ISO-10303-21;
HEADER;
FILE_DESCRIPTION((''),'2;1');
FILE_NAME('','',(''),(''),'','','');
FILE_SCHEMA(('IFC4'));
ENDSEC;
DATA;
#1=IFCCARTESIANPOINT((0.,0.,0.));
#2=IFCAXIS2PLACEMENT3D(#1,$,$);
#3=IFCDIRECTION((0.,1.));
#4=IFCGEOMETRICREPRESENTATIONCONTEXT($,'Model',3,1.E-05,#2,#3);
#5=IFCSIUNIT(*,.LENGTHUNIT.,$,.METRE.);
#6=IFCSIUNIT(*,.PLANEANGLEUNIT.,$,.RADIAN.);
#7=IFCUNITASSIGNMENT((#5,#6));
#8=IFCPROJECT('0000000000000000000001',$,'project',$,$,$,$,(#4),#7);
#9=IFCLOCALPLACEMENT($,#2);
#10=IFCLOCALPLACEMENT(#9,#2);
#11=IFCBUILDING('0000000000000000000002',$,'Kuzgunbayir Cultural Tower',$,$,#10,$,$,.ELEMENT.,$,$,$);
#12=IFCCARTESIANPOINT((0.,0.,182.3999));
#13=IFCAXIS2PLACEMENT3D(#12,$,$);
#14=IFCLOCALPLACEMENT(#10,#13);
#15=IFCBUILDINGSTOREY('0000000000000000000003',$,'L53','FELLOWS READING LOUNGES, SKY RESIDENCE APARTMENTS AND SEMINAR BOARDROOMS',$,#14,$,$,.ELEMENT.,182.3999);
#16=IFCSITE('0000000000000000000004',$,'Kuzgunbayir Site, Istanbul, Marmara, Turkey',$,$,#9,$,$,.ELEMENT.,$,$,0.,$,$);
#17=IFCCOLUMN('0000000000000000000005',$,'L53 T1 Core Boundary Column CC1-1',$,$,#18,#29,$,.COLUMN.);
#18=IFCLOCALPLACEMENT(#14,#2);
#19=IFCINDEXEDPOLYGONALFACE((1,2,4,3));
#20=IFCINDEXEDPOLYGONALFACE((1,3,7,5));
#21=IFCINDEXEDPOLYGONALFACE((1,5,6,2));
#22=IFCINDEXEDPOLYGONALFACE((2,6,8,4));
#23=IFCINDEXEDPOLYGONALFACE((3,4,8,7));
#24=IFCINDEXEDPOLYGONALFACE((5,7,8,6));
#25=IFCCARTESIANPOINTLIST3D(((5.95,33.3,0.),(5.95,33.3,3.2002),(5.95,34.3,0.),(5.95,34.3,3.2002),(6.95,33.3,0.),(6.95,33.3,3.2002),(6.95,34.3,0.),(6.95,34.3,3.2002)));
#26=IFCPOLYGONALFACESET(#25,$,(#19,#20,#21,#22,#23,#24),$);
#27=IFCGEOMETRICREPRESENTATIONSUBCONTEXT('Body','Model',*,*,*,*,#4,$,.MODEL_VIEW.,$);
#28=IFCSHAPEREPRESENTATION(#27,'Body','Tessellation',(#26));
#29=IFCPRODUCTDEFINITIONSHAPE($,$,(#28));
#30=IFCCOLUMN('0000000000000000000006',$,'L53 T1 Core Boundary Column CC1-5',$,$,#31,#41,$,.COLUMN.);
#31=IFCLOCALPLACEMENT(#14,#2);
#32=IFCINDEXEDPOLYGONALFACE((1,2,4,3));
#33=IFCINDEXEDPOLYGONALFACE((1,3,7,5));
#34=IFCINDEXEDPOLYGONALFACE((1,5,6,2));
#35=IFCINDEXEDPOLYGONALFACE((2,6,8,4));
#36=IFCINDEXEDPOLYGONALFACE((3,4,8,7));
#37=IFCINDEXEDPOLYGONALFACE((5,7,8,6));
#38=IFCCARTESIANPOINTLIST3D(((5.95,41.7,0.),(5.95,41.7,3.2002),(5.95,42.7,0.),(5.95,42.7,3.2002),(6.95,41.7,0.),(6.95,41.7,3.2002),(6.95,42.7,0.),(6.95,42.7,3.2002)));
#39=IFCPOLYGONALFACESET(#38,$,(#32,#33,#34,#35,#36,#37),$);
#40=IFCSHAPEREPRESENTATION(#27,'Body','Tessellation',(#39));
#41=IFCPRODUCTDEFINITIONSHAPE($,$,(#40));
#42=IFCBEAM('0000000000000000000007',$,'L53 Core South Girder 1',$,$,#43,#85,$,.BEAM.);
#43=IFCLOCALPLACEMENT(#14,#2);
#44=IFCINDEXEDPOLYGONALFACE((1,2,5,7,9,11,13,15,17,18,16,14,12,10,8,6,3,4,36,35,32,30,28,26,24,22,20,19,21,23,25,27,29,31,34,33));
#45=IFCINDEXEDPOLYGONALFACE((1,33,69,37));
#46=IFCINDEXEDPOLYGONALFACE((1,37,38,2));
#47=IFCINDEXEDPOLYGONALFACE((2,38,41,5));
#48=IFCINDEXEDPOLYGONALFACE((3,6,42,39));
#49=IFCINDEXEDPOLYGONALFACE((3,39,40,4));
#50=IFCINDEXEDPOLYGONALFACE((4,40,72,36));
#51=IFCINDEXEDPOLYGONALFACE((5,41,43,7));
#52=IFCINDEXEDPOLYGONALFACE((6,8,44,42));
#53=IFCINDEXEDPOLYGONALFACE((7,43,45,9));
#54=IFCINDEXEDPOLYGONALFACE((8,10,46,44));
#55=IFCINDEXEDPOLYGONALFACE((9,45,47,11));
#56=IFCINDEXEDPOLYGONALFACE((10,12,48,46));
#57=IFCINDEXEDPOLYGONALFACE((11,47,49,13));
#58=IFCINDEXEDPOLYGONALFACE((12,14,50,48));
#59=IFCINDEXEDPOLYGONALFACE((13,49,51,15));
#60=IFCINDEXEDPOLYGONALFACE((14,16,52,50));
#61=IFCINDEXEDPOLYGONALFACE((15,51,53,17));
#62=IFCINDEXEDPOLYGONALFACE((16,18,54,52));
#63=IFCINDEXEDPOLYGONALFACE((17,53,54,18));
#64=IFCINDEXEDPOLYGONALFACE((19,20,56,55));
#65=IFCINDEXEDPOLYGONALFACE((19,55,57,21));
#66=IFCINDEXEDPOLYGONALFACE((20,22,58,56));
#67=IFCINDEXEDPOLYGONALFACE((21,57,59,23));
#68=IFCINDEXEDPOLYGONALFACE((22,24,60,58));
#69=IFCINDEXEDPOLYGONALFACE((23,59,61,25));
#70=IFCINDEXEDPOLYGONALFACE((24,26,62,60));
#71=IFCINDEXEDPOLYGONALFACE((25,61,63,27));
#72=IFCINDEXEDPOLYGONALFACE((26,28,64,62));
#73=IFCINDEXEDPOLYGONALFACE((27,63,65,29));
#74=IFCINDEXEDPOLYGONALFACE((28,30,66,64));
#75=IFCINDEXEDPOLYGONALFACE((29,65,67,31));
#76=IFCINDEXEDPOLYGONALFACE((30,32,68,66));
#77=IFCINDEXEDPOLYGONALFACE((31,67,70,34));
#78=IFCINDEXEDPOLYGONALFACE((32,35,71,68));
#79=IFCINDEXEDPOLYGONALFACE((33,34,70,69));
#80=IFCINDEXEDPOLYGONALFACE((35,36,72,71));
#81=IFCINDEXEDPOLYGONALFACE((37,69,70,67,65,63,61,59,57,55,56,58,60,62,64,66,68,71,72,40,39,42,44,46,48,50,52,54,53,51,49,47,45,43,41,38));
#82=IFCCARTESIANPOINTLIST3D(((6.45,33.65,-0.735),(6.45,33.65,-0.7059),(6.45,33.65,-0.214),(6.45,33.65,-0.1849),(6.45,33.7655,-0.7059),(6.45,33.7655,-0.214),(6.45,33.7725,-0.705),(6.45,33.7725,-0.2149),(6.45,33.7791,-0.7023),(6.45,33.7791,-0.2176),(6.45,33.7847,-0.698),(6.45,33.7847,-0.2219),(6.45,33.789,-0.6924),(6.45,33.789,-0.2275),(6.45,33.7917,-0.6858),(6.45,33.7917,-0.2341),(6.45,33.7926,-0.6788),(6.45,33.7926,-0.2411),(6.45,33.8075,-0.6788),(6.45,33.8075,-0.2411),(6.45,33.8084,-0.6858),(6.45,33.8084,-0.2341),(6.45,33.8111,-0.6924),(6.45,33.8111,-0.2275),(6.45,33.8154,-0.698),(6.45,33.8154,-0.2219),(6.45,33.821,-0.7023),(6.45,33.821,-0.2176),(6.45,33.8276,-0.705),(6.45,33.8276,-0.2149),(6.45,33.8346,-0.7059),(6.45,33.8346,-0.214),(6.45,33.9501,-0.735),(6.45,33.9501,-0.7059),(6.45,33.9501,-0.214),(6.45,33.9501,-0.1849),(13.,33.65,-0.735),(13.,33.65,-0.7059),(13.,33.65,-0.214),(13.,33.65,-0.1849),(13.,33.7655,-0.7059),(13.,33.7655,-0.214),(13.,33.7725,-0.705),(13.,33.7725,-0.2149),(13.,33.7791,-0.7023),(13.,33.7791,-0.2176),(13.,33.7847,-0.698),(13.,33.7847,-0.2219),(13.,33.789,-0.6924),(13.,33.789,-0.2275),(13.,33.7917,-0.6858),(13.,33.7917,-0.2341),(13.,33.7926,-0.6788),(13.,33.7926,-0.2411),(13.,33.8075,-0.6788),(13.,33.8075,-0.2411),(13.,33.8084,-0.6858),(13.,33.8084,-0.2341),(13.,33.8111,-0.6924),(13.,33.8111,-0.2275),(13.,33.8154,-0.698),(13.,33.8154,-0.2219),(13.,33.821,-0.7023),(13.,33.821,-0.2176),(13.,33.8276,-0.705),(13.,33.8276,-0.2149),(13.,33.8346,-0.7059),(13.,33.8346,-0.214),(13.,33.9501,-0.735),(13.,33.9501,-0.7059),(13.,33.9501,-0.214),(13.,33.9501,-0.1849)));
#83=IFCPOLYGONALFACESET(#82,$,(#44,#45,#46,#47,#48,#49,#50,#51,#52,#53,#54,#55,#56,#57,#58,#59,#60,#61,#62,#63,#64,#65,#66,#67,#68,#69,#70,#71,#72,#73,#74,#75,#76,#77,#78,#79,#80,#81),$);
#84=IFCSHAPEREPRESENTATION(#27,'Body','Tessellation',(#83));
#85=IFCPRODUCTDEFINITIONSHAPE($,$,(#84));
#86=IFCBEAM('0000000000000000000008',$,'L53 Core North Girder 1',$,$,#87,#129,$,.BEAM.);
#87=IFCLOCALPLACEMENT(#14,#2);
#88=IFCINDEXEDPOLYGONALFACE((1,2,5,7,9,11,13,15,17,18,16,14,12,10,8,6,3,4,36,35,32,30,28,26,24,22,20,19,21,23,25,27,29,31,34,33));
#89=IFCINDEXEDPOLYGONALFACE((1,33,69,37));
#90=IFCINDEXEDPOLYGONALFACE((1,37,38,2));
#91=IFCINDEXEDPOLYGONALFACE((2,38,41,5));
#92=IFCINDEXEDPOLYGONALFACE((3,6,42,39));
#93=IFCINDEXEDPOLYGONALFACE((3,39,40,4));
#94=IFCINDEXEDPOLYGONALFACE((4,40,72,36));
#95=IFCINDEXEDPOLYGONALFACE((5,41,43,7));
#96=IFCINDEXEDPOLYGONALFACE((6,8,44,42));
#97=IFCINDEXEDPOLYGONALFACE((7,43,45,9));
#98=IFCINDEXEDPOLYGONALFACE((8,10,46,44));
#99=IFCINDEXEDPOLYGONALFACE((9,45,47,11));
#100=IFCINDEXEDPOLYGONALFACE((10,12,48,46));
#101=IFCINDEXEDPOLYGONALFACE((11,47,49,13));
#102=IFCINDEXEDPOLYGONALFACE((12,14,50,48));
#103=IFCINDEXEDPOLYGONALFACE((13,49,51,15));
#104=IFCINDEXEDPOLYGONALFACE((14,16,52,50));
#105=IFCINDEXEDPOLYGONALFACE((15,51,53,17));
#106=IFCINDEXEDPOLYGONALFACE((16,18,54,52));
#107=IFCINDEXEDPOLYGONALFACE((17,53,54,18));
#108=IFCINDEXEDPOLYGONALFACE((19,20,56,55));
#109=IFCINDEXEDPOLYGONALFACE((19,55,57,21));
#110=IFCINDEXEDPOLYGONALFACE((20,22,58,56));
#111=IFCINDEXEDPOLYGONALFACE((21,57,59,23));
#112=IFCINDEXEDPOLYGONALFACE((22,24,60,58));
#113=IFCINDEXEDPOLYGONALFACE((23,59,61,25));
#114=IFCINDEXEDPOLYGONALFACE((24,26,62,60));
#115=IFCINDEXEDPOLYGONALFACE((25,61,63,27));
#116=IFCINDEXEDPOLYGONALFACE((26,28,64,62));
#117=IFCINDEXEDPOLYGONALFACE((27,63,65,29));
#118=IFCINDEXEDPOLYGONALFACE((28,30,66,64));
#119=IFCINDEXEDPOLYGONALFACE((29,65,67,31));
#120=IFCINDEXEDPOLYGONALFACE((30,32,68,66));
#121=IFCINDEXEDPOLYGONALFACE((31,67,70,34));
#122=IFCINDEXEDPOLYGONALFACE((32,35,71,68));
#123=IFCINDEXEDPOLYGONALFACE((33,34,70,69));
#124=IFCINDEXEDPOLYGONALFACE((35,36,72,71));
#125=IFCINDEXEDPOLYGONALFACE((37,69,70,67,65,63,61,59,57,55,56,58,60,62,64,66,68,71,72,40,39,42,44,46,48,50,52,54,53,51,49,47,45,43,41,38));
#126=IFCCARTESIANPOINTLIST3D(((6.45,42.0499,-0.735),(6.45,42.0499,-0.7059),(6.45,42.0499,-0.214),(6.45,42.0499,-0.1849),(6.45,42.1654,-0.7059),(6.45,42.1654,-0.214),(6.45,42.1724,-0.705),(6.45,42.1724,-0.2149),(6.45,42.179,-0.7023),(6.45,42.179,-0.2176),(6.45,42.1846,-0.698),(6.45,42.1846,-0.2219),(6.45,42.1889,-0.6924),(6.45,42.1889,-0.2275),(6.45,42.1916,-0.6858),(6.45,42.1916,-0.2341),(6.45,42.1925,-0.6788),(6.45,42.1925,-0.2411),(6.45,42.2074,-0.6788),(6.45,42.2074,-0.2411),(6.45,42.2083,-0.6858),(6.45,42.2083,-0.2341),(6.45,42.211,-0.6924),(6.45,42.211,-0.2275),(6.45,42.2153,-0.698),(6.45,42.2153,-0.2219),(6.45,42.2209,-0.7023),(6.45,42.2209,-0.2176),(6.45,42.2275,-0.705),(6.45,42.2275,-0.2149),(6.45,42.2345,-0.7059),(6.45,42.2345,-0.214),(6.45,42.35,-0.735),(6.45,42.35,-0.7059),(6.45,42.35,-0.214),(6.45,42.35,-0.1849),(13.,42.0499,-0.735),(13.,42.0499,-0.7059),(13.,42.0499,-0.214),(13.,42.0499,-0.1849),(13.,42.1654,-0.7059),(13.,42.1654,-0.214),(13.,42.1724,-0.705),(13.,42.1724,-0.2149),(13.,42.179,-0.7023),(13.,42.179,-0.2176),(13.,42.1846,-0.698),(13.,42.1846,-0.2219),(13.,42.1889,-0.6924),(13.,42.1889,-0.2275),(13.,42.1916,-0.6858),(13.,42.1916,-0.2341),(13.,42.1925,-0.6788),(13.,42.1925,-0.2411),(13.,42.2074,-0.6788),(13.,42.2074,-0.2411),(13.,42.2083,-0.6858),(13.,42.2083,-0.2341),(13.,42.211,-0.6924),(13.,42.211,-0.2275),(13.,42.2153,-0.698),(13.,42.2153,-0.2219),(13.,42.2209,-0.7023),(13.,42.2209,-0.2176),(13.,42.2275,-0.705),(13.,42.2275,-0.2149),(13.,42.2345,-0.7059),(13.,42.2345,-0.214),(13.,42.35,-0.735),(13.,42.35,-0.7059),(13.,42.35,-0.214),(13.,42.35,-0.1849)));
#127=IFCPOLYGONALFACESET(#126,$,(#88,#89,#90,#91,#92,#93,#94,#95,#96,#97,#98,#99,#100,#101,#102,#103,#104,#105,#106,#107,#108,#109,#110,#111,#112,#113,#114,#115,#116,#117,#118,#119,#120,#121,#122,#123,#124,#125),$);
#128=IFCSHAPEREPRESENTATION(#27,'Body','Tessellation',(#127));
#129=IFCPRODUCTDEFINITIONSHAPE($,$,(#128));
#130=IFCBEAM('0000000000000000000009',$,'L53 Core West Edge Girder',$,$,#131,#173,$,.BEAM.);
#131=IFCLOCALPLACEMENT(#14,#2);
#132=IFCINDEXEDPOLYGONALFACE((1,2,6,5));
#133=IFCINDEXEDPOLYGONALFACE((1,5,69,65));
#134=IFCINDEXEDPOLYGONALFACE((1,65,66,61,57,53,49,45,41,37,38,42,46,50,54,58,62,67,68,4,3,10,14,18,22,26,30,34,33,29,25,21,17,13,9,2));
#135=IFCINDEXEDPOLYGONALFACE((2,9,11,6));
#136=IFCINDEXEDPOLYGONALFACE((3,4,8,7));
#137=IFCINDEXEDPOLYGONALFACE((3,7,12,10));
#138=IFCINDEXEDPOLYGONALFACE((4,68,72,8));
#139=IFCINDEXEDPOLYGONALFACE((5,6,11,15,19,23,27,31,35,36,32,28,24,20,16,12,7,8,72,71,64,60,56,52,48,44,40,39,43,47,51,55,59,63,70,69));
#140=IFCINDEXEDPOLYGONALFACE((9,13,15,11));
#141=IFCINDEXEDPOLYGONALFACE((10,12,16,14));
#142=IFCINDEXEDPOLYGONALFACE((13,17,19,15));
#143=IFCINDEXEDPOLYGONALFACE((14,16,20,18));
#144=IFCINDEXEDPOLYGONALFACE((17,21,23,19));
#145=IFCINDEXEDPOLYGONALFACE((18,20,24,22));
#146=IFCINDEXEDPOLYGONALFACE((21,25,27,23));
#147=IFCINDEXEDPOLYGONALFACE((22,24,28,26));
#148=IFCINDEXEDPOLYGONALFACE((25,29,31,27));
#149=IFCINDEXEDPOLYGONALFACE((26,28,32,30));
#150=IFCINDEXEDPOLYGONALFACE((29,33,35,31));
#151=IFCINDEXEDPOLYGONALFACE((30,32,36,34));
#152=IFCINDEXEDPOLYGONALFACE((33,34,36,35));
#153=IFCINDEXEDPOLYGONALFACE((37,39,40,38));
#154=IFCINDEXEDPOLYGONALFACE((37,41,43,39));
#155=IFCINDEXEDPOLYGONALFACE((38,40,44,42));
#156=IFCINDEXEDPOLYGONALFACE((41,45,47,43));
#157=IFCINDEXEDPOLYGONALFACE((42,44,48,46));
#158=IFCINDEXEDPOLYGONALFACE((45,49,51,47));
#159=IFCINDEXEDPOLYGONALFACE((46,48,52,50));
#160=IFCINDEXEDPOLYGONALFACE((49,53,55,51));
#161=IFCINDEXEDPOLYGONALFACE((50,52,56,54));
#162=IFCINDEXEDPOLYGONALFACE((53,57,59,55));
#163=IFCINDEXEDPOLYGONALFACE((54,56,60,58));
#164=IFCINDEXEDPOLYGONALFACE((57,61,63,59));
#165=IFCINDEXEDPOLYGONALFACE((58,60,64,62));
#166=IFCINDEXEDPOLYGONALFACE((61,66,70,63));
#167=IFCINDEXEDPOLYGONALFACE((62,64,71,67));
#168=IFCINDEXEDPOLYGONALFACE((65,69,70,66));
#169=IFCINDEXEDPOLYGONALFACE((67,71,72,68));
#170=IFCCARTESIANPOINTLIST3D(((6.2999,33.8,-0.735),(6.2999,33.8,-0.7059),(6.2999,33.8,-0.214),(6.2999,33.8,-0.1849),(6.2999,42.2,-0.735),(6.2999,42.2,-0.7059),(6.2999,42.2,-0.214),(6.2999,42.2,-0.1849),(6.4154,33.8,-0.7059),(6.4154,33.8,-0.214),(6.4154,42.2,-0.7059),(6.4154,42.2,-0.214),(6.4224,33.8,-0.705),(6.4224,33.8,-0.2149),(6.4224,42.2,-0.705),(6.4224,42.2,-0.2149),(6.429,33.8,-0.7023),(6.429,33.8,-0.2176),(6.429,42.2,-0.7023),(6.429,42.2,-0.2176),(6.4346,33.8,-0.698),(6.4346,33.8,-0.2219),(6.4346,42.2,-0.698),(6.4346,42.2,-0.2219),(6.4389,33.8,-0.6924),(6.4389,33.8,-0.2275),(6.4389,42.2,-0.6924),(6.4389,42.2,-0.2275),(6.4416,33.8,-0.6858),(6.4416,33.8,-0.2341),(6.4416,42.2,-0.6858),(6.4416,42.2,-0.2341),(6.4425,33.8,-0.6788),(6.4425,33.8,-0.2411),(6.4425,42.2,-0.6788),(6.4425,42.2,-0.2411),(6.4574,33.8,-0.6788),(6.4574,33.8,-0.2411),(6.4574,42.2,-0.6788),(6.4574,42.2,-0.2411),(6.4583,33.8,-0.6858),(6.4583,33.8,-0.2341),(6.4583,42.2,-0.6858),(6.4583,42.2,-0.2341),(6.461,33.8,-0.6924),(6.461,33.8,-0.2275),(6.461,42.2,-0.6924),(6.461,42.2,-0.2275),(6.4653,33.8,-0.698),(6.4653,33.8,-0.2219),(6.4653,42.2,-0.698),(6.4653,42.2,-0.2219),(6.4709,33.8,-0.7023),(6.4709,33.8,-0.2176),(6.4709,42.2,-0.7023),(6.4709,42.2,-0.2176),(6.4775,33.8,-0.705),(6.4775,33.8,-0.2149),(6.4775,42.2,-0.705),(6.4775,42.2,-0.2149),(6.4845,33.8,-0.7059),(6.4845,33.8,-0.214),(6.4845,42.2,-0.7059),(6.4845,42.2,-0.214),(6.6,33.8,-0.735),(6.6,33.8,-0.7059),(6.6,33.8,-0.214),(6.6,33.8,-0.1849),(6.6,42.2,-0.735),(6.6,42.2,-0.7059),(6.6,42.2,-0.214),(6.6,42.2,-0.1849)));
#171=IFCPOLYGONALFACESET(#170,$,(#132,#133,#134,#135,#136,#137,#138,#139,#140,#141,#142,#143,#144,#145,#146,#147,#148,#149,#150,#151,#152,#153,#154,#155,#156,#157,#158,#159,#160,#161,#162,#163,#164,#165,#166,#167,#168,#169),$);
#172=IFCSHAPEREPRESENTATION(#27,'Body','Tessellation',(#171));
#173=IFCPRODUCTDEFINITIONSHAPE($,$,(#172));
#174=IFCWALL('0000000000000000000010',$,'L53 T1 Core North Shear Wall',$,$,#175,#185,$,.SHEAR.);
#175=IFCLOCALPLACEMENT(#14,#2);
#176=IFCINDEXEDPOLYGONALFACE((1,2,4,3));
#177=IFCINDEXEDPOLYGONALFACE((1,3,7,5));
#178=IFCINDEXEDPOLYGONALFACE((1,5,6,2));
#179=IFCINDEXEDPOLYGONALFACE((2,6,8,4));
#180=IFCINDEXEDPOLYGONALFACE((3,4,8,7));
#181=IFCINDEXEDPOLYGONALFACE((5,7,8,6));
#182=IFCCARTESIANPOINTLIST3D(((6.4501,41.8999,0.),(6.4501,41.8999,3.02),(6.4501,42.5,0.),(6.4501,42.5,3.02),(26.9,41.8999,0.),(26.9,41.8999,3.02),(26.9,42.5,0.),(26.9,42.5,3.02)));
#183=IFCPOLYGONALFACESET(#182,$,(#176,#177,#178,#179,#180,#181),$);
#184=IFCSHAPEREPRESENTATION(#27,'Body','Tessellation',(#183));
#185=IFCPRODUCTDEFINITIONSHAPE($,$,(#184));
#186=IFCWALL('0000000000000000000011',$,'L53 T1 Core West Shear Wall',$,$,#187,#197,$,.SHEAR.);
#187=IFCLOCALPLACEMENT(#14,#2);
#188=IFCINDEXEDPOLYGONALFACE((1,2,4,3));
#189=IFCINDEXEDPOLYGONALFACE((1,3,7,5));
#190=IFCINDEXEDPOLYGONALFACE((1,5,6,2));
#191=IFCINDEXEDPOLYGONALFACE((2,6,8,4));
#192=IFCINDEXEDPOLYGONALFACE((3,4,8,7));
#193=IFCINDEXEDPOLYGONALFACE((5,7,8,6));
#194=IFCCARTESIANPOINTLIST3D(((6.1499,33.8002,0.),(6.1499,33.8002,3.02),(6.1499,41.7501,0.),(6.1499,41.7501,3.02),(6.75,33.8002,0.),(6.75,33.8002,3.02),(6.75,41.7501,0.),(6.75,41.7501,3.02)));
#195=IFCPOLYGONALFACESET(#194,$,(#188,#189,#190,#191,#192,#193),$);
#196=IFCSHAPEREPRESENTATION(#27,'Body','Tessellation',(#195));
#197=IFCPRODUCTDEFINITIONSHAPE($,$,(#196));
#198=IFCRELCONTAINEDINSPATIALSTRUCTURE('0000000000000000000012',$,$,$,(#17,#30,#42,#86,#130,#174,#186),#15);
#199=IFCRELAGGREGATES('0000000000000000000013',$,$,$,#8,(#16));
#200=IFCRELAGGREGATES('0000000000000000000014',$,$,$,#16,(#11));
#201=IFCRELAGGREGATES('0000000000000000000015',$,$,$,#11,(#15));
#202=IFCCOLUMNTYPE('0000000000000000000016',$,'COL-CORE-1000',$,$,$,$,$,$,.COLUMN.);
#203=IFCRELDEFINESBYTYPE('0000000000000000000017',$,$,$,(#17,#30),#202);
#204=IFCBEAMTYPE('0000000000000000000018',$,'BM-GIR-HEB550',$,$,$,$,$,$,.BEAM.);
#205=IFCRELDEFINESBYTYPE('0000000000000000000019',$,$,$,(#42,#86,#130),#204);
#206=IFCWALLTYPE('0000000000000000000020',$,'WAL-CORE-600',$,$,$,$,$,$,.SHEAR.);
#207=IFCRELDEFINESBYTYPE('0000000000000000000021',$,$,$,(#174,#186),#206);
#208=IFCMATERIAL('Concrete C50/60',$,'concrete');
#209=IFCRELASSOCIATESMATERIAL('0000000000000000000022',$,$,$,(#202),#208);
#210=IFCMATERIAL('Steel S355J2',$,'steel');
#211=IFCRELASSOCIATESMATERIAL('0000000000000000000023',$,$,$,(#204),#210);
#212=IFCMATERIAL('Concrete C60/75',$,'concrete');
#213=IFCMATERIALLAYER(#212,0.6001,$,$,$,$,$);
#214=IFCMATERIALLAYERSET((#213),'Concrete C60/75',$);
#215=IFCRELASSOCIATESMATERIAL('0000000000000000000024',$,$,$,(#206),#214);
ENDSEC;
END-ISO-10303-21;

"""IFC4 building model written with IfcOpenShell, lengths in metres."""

from ifc_helpers import new_model, si_unit, direction, frame, frame_2d, origin, origin_2d, place, context, subcontext, project, spatial, rectangle, i_section, extrude, material, layer, layer_set, material_profile, profile_set, type_object, element, save


model = new_model("IFC4")

# Units and contexts
model_context = context("Model", 3, precision=1e-05, world=origin(), true_north=direction((0.0, 1.0)))
body_context = subcontext(model_context, "Body", "Model", "MODEL_VIEW")
ifc_project = project(units=[si_unit("LENGTHUNIT", "METRE"), si_unit("PLANEANGLEUNIT", "RADIAN")], contexts=[model_context])

# Site, building, storey
site_placement = place(None, origin())
site = spatial("IfcSite", under=ifc_project, at=site_placement, Name="Kuzgunbayir Site, Istanbul, Marmara, Turkey", CompositionType="ELEMENT", RefElevation=0.0)
building_placement = place(site_placement, origin())
building = spatial("IfcBuilding", under=site, at=building_placement, Name="Kuzgunbayir Cultural Tower", CompositionType="ELEMENT")
storey_placement = place(building_placement, frame((0.0, 0.0, 182.3999)))
storey = spatial("IfcBuildingStorey", under=building, at=storey_placement, Name="L53", Description="FELLOWS READING LOUNGES, SKY RESIDENCE APARTMENTS AND SEMINAR BOARDROOMS", CompositionType="ELEMENT", Elevation=182.3999)

# Columns
ifc_material_1 = material(Name="Concrete C50/60", Category="concrete")
ifc_material_profile_1 = material_profile(ifc_material_1, rectangle(XDim=1.0, YDim=1.0, at=origin_2d()), Name="RC 1000x1000")
ifc_profile_set_1 = profile_set([ifc_material_profile_1], Name="Concrete C50/60")
column_type = type_object("IfcColumnType", Name="COL-CORE-1000", PredefinedType="COLUMN", material=ifc_profile_set_1)
for number, where, z_axis, x_axis, name in (
    (1, (6.45, 33.8, 0.0), (0.0, 0.0, 1.0), (1.0, 0.0, 0.0), "L53 T1 Core Boundary Column CC1-1"),
    (2, (6.45, 42.2, 0.0), (0.0, 0.0, 1.0), (1.0, 0.0, 0.0), "L53 T1 Core Boundary Column CC1-5"),
):
    element("IfcColumn", number, at=place(storey_placement, frame(where, z_axis=z_axis, x_axis=x_axis)), inside=storey, type_object=column_type, Name=name, PredefinedType="COLUMN", context=body_context, shape_type="SweptSolid", body=[
        extrude(rectangle(XDim=1.0, YDim=1.0, at=origin_2d()), origin(), (0.0, 0.0, 1.0), 3.2002),
    ])

# Beams
ifc_material_2 = material(Name="Steel S355J2", Category="steel")
ifc_material_profile_2 = material_profile(ifc_material_2, i_section(OverallWidth=0.3, OverallDepth=0.55, WebThickness=0.0149, FlangeThickness=0.0291, FilletRadius=0.0271, at=origin_2d()), Name="HEB 550")
ifc_profile_set_2 = profile_set([ifc_material_profile_2], Name="Steel S355J2")
beam_type = type_object("IfcBeamType", Name="BM-GIR-HEB550", PredefinedType="BEAM", material=ifc_profile_set_2)
for number, where, z_axis, x_axis, name in (
    (3, (6.45, 33.8, -0.46), (1.0, 0.0, 0.0), (0.0, 1.0, 0.0), "L53 Core South Girder 1"),
    (4, (6.45, 42.2, -0.46), (1.0, 0.0, 0.0), (0.0, 1.0, 0.0), "L53 Core North Girder 1"),
):
    element("IfcBeam", number, at=place(storey_placement, frame(where, z_axis=z_axis, x_axis=x_axis)), inside=storey, type_object=beam_type, Name=name, PredefinedType="BEAM", context=body_context, shape_type="SweptSolid", body=[
        extrude(i_section(OverallWidth=0.3, OverallDepth=0.55, WebThickness=0.0149, FlangeThickness=0.0291, FilletRadius=0.0271, at=origin_2d()), origin(), (0.0, 0.0, 1.0), 6.55),
    ])
beam_placement = place(storey_placement, frame((6.45, 33.8, -0.46), z_axis=(0.0, 1.0, 0.0), x_axis=(-1.0, 0.0, 0.0)))
element("IfcBeam", 5, at=beam_placement, inside=storey, type_object=beam_type, Name="L53 Core West Edge Girder", PredefinedType="BEAM", context=body_context, shape_type="SweptSolid", body=[
    extrude(i_section(OverallWidth=0.3, OverallDepth=0.55, WebThickness=0.0149, FlangeThickness=0.0291, FilletRadius=0.0271, at=origin_2d()), origin(), (0.0, 0.0, 1.0), 8.3999),
])

# Walls
ifc_material_3 = material(Name="Concrete C60/75", Category="concrete")
ifc_layer_1 = layer(ifc_material_3, 0.6001)
ifc_layer_set_1 = layer_set([ifc_layer_1], Name="Concrete C60/75")
wall_type_1 = type_object("IfcWallType", Name="WAL-CORE-600", PredefinedType="SHEAR", material=ifc_layer_set_1)
wall_1_placement = place(storey_placement, frame((6.45, 42.2, 0.0), z_axis=(0.0, 0.0, 1.0), x_axis=(1.0, 0.0, 0.0)))
element("IfcWall", 6, at=wall_1_placement, inside=storey, type_object=wall_type_1, Name="L53 T1 Core North Shear Wall", PredefinedType="SHEAR", context=body_context, shape_type="SweptSolid", body=[
    extrude(rectangle(XDim=20.45, YDim=0.6001, at=frame_2d((10.2251, 0.0))), origin(), (0.0, 0.0, 1.0), 3.02),
])
wall_2_placement = place(storey_placement, frame((6.45, 33.8, 0.0), z_axis=(0.0, 0.0, 1.0), x_axis=(0.0, 1.0, 0.0)))
element("IfcWall", 7, at=wall_2_placement, inside=storey, type_object=wall_type_1, Name="L53 T1 Core West Shear Wall", PredefinedType="SHEAR", context=body_context, shape_type="SweptSolid", body=[
    extrude(rectangle(XDim=7.95, YDim=0.6001, at=frame_2d((3.9751, 0.0))), origin(), (0.0, 0.0, 1.0), 3.02),
])

save(model, "model.ifc")
